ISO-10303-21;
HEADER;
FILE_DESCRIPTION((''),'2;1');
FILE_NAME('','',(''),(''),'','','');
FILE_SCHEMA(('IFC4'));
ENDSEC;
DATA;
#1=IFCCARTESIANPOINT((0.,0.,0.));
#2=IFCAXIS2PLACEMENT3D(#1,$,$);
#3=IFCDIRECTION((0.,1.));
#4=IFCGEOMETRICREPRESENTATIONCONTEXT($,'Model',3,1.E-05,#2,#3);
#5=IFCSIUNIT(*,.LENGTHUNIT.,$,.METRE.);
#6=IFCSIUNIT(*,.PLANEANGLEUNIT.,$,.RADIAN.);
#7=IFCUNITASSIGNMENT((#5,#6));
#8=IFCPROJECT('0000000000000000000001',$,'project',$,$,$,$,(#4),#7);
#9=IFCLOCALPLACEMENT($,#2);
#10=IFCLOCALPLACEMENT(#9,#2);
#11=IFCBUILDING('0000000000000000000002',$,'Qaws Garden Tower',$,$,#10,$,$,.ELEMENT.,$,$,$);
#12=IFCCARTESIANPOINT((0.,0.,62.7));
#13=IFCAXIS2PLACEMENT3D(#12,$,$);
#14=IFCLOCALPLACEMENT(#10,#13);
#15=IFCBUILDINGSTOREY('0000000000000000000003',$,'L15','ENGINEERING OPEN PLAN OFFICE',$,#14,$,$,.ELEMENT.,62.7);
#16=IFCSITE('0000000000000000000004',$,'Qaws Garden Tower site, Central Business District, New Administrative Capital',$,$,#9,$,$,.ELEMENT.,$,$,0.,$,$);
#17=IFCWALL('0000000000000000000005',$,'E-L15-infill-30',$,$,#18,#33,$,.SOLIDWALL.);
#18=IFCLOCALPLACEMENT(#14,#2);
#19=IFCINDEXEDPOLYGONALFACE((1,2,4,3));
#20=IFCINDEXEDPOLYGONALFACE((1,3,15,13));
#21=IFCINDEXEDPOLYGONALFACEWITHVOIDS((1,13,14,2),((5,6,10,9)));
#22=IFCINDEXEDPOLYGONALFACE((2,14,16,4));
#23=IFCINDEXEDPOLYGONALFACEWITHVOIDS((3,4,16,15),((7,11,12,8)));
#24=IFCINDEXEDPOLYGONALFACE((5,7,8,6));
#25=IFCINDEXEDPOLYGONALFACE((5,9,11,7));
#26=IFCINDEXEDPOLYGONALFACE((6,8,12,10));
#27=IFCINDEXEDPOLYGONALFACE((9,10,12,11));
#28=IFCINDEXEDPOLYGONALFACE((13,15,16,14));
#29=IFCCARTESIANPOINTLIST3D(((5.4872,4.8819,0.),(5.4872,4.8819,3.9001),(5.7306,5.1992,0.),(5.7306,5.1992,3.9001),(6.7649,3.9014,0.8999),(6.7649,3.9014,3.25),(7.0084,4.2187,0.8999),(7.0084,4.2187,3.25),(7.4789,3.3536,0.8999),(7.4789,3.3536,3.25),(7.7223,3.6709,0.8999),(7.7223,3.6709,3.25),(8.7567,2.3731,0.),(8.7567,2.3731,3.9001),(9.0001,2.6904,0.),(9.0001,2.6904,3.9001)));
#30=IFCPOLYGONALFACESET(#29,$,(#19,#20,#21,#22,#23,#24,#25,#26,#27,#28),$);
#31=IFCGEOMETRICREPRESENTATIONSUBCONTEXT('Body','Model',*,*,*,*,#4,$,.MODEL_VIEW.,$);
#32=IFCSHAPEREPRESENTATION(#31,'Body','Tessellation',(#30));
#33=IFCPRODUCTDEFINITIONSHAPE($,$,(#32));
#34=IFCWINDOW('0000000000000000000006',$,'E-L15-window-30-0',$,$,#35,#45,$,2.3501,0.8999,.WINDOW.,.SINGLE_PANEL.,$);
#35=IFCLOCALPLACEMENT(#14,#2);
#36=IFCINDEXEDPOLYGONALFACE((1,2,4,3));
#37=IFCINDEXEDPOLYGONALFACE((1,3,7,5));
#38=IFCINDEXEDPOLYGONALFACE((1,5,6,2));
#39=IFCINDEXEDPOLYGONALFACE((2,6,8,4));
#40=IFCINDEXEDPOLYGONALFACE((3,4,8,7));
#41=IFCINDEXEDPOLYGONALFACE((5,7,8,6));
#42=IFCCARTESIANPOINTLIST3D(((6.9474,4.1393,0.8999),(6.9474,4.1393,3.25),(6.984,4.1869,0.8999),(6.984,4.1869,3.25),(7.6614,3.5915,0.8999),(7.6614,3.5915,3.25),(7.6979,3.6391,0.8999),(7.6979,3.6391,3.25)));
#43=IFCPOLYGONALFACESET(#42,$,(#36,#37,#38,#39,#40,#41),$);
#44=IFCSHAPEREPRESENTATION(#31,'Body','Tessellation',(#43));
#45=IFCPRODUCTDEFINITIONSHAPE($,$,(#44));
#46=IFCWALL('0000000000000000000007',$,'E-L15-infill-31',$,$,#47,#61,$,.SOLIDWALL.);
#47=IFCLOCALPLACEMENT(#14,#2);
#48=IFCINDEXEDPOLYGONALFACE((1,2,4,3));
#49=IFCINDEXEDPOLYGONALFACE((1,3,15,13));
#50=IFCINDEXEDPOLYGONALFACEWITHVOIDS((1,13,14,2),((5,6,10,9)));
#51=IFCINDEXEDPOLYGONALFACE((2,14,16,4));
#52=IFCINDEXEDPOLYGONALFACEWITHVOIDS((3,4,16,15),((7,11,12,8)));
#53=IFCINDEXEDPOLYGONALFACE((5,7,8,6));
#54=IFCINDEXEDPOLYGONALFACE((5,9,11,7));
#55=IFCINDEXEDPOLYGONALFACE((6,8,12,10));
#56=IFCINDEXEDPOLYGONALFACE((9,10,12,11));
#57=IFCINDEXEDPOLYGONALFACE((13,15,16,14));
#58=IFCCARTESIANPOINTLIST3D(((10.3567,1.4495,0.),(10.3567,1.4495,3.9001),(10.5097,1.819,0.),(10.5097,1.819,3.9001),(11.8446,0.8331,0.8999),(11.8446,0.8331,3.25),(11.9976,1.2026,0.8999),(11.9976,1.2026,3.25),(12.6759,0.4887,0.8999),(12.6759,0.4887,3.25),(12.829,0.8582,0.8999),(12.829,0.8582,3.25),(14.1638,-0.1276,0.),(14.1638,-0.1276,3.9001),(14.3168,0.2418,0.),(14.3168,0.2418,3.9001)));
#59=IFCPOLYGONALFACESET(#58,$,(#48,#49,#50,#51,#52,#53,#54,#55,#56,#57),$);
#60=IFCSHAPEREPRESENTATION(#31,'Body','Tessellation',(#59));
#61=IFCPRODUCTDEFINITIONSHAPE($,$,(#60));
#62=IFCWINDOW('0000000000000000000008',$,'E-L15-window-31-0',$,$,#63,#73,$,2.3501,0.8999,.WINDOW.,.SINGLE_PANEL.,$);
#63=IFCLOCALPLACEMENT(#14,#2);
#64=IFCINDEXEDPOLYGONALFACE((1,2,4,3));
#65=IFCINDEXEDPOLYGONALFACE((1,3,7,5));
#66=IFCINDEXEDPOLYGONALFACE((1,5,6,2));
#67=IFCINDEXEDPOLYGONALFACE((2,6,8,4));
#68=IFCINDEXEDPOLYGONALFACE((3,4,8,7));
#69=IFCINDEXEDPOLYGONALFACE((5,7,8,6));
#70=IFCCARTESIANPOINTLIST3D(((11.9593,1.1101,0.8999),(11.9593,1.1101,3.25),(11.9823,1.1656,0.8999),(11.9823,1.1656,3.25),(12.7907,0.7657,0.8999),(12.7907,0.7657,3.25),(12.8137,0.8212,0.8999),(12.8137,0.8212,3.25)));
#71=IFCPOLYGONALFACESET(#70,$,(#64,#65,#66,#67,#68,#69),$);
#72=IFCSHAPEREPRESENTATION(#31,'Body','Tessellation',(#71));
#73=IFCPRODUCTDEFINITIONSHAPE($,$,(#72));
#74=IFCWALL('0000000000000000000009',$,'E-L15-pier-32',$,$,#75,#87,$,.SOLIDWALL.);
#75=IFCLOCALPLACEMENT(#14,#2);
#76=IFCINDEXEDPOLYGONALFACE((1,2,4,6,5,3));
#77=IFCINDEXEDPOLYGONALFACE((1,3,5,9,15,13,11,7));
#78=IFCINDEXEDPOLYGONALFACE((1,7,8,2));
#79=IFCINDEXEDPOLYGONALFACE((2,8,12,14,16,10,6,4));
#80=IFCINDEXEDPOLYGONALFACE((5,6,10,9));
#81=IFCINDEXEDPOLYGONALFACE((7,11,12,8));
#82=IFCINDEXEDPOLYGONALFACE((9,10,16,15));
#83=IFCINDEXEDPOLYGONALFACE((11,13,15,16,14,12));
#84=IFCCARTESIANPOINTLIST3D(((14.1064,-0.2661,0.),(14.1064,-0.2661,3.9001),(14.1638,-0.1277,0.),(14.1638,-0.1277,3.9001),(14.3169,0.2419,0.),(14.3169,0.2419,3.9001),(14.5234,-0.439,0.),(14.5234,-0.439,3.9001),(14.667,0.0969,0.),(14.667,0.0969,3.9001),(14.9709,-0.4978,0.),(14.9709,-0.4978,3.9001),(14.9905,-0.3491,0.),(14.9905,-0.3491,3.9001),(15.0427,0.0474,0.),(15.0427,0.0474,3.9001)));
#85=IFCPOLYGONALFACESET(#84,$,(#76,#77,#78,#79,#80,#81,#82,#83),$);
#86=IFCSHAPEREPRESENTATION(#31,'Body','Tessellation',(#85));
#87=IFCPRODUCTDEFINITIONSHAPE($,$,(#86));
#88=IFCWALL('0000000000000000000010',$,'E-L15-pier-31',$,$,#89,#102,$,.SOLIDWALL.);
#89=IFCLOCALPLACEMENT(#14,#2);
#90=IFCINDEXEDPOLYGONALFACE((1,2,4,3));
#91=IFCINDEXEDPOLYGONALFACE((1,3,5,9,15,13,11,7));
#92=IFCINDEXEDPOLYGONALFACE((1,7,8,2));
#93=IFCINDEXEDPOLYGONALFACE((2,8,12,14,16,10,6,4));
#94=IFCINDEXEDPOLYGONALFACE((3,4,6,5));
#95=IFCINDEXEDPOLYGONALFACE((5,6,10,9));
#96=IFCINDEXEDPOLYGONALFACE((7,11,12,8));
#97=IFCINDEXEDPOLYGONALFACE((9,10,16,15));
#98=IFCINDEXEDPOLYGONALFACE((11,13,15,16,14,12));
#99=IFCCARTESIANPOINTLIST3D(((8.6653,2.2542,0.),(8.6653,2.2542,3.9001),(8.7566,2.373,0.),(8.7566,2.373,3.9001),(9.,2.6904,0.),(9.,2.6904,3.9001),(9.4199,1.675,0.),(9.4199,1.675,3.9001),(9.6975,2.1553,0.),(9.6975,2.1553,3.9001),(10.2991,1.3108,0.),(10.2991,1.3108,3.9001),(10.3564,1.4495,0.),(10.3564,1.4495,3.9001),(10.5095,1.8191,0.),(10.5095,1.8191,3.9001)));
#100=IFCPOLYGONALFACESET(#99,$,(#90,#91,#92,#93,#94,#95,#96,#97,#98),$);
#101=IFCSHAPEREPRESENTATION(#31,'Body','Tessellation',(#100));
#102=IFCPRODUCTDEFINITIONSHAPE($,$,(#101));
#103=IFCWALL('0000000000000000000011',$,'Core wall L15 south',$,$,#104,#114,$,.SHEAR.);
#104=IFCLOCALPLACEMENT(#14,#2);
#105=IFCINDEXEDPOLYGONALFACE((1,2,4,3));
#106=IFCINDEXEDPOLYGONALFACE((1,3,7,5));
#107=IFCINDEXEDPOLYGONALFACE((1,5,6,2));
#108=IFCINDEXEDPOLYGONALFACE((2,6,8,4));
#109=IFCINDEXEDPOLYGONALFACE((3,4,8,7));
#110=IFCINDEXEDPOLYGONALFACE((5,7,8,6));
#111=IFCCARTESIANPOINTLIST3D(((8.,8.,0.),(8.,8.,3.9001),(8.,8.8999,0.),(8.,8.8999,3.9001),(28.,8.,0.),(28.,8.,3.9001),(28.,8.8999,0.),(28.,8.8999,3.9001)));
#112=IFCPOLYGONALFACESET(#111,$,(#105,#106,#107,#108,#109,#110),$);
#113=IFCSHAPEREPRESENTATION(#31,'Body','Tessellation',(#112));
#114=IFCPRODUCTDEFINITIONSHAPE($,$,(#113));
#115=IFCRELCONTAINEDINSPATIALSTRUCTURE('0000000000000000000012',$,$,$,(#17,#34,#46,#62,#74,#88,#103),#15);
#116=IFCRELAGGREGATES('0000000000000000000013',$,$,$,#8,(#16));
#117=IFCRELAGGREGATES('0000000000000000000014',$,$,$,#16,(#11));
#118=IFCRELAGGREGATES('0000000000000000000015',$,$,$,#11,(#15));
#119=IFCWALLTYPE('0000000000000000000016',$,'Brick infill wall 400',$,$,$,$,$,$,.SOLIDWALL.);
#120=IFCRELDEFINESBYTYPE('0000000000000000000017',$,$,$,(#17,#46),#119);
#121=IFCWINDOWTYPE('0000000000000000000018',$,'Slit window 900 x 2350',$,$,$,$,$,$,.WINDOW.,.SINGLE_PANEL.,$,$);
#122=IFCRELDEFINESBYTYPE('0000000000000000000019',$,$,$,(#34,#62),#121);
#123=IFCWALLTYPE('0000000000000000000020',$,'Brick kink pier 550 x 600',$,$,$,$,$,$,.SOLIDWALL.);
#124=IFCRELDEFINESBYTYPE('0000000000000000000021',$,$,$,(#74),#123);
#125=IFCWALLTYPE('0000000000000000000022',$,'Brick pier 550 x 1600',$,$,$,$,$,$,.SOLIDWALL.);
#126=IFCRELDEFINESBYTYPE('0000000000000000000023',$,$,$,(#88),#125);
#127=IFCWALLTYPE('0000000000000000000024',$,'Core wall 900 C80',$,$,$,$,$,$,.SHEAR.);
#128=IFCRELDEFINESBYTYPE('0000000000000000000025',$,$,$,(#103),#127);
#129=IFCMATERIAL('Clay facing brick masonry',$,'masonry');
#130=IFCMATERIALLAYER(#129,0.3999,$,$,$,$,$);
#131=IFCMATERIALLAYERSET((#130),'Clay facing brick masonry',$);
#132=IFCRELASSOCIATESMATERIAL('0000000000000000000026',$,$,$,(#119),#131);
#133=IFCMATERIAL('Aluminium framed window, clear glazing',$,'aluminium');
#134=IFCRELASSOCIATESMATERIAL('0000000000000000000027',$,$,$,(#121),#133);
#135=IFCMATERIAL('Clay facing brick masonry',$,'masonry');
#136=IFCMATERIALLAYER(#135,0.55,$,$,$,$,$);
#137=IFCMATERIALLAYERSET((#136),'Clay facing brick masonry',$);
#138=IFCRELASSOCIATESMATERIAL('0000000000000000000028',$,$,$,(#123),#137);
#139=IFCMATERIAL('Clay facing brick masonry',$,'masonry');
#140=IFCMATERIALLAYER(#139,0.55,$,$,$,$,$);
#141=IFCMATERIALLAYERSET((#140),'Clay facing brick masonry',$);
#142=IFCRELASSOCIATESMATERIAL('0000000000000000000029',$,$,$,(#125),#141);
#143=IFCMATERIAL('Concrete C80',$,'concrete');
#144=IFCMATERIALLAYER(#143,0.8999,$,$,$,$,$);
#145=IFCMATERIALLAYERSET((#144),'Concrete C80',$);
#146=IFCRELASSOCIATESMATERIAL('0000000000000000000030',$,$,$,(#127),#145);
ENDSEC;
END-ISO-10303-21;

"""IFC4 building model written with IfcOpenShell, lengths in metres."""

from ifc_helpers import new_model, si_unit, direction, frame, frame_2d, origin, place, context, subcontext, project, spatial, polyline, rectangle, outline, extrude, material, layer, layer_set, type_object, element, fill, save


model = new_model("IFC4")

# Units and contexts
model_context = context("Model", 3, precision=1e-05, world=origin(), true_north=direction((0.0, 1.0)))
body_context = subcontext(model_context, "Body", "Model", "MODEL_VIEW")
ifc_project = project(units=[si_unit("LENGTHUNIT", "METRE"), si_unit("PLANEANGLEUNIT", "RADIAN")], contexts=[model_context])

# Site, building, storey
site_placement = place(None, origin())
site = spatial("IfcSite", under=ifc_project, at=site_placement, Name="Qaws Garden Tower site, Central Business District, New Administrative Capital", CompositionType="ELEMENT", RefElevation=0.0)
building_placement = place(site_placement, origin())
building = spatial("IfcBuilding", under=site, at=building_placement, Name="Qaws Garden Tower", CompositionType="ELEMENT")
storey_placement = place(building_placement, frame((0.0, 0.0, 62.7)))
storey = spatial("IfcBuildingStorey", under=building, at=storey_placement, Name="L15", Description="ENGINEERING OPEN PLAN OFFICE", CompositionType="ELEMENT", Elevation=62.7)

# Shared definitions
placement_1 = place(storey_placement, origin())

# Walls, openings, windows
ifc_material_1 = material(Name="Clay facing brick masonry", Category="masonry")
ifc_layer_1 = layer(ifc_material_1, 0.3999)
ifc_layer_set_1 = layer_set([ifc_layer_1], Name="Clay facing brick masonry")
wall_type_1 = type_object("IfcWallType", Name="Brick infill wall 400", PredefinedType="SOLIDWALL", material=ifc_layer_set_1)
ifc_material_2 = material(Name="Aluminium framed window, clear glazing", Category="aluminium")
window_type = type_object("IfcWindowType", Name="Slit window 900 x 2350", PartitioningType="SINGLE_PANEL", PredefinedType="WINDOW", material=ifc_material_2)
wall_1_placement = place(storey_placement, frame((5.6089, 5.0405, 0.0), z_axis=(0.0, 0.0, 1.0), x_axis=(0.793355, -0.60876, 0.0)))
wall_1 = element("IfcWall", 1, at=wall_1_placement, inside=storey, type_object=wall_type_1, Name="E-L15-infill-30", PredefinedType="SOLIDWALL", context=body_context, shape_type="SweptSolid", body=[
    extrude(rectangle(XDim=4.1211, YDim=0.3999, at=frame_2d((2.0605, 0.0))), origin(), (0.0, 0.0, 1.0), 3.9001),
])
opening_1_placement = place(wall_1_placement, frame((1.6106, 0.0, 0.8999)))
opening_1 = element("IfcOpeningElement", 2, at=opening_1_placement, cuts=wall_1, PredefinedType="OPENING", context=body_context, shape_type="SweptSolid", body=[
    extrude(rectangle(XDim=0.8999, YDim=2.3501, at=frame_2d((0.45, 1.175))), frame((0.0, 0.21, 0.0), z_axis=(0.0, -1.0, 0.0), x_axis=(1.0, 0.0, 0.0)), (0.0, 0.0, 1.0), 0.4199),
])
window_1_placement = place(opening_1_placement, origin())
window_1 = element("IfcWindow", 3, at=window_1_placement, inside=storey, type_object=window_type, Name="E-L15-window-30-0", OverallHeight=2.3501, OverallWidth=0.8999, PartitioningType="SINGLE_PANEL", PredefinedType="WINDOW", context=body_context, shape_type="SweptSolid", body=[
    extrude(rectangle(XDim=0.8999, YDim=2.3501, at=frame_2d((0.45, 1.175))), frame((0.0, 0.1599, 0.0), z_axis=(0.0, -1.0, 0.0), x_axis=(1.0, 0.0, 0.0)), (0.0, 0.0, 1.0), 0.0601),
])
fill(opening_1, window_1)
wall_2_placement = place(storey_placement, frame((10.4331, 1.6343, 0.0), z_axis=(0.0, 0.0, 1.0), x_axis=(0.923864, -0.382722, 0.0)))
wall_2 = element("IfcWall", 4, at=wall_2_placement, inside=storey, type_object=wall_type_1, Name="E-L15-infill-31", PredefinedType="SOLIDWALL", context=body_context, shape_type="SweptSolid", body=[
    extrude(rectangle(XDim=4.1208, YDim=0.3999, at=frame_2d((2.0605, 0.0))), origin(), (0.0, 0.0, 1.0), 3.9001),
])
opening_2_placement = place(wall_2_placement, frame((1.6106, 0.0, 0.8999)))
opening_2 = element("IfcOpeningElement", 5, at=opening_2_placement, cuts=wall_2, PredefinedType="OPENING", context=body_context, shape_type="SweptSolid", body=[
    extrude(rectangle(XDim=0.8999, YDim=2.3501, at=frame_2d((0.45, 1.175))), frame((0.0, 0.21, 0.0), z_axis=(0.0, -1.0, 0.0), x_axis=(1.0, 0.0, 0.0)), (0.0, 0.0, 1.0), 0.4199),
])
window_2_placement = place(opening_2_placement, origin())
window_2 = element("IfcWindow", 6, at=window_2_placement, inside=storey, type_object=window_type, Name="E-L15-window-31-0", OverallHeight=2.3501, OverallWidth=0.8999, PartitioningType="SINGLE_PANEL", PredefinedType="WINDOW", context=body_context, shape_type="SweptSolid", body=[
    extrude(rectangle(XDim=0.8999, YDim=2.3501, at=frame_2d((0.45, 1.175))), frame((0.0, 0.1599, 0.0), z_axis=(0.0, -1.0, 0.0), x_axis=(1.0, 0.0, 0.0)), (0.0, 0.0, 1.0), 0.0601),
])
fill(opening_2, window_2)

# Walls
ifc_material_3 = material(Name="Clay facing brick masonry", Category="masonry")
ifc_layer_2 = layer(ifc_material_3, 0.55)
ifc_layer_set_2 = layer_set([ifc_layer_2], Name="Clay facing brick masonry")
wall_type_2 = type_object("IfcWallType", Name="Brick kink pier 550 x 600", PredefinedType="SOLIDWALL", material=ifc_layer_set_2)
element("IfcWall", 7, at=placement_1, inside=storey, type_object=wall_type_2, Name="E-L15-pier-32", PredefinedType="SOLIDWALL", context=body_context, shape_type="SweptSolid", body=[
    extrude(outline(polyline([(14.1638, -0.1277), (14.1064, -0.2661), (14.5234, -0.439), (14.9709, -0.4978), (14.9905, -0.3491), (15.0427, 0.0474), (14.667, 0.0969), (14.3169, 0.2419), (14.1638, -0.1277)])), origin(), (0.0, 0.0, 1.0), 3.9001),
])
ifc_material_4 = material(Name="Clay facing brick masonry", Category="masonry")
ifc_layer_3 = layer(ifc_material_4, 0.55)
ifc_layer_set_3 = layer_set([ifc_layer_3], Name="Clay facing brick masonry")
wall_type_3 = type_object("IfcWallType", Name="Brick pier 550 x 1600", PredefinedType="SOLIDWALL", material=ifc_layer_set_3)
element("IfcWall", 8, at=placement_1, inside=storey, type_object=wall_type_3, Name="E-L15-pier-31", PredefinedType="SOLIDWALL", context=body_context, shape_type="SweptSolid", body=[
    extrude(outline(polyline([(8.7566, 2.373), (8.6653, 2.2542), (9.4199, 1.675), (10.2991, 1.3108), (10.3564, 1.4495), (10.5095, 1.8191), (9.6975, 2.1553), (9.0, 2.6904), (8.7566, 2.373)])), origin(), (0.0, 0.0, 1.0), 3.9001),
])
ifc_material_5 = material(Name="Concrete C80", Category="concrete")
ifc_layer_4 = layer(ifc_material_5, 0.8999)
ifc_layer_set_4 = layer_set([ifc_layer_4], Name="Concrete C80")
wall_type_4 = type_object("IfcWallType", Name="Core wall 900 C80", PredefinedType="SHEAR", material=ifc_layer_set_4)
wall_3_placement = place(storey_placement, frame((8.0, 8.45, 0.0), z_axis=(0.0, 0.0, 1.0), x_axis=(1.0, 0.0, 0.0)))
element("IfcWall", 9, at=wall_3_placement, inside=storey, type_object=wall_type_4, Name="Core wall L15 south", PredefinedType="SHEAR", context=body_context, shape_type="SweptSolid", body=[
    extrude(rectangle(XDim=20.0, YDim=0.8999, at=frame_2d((10.0, 0.0))), origin(), (0.0, 0.0, 1.0), 3.9001),
])

save(model, "model.ifc")
